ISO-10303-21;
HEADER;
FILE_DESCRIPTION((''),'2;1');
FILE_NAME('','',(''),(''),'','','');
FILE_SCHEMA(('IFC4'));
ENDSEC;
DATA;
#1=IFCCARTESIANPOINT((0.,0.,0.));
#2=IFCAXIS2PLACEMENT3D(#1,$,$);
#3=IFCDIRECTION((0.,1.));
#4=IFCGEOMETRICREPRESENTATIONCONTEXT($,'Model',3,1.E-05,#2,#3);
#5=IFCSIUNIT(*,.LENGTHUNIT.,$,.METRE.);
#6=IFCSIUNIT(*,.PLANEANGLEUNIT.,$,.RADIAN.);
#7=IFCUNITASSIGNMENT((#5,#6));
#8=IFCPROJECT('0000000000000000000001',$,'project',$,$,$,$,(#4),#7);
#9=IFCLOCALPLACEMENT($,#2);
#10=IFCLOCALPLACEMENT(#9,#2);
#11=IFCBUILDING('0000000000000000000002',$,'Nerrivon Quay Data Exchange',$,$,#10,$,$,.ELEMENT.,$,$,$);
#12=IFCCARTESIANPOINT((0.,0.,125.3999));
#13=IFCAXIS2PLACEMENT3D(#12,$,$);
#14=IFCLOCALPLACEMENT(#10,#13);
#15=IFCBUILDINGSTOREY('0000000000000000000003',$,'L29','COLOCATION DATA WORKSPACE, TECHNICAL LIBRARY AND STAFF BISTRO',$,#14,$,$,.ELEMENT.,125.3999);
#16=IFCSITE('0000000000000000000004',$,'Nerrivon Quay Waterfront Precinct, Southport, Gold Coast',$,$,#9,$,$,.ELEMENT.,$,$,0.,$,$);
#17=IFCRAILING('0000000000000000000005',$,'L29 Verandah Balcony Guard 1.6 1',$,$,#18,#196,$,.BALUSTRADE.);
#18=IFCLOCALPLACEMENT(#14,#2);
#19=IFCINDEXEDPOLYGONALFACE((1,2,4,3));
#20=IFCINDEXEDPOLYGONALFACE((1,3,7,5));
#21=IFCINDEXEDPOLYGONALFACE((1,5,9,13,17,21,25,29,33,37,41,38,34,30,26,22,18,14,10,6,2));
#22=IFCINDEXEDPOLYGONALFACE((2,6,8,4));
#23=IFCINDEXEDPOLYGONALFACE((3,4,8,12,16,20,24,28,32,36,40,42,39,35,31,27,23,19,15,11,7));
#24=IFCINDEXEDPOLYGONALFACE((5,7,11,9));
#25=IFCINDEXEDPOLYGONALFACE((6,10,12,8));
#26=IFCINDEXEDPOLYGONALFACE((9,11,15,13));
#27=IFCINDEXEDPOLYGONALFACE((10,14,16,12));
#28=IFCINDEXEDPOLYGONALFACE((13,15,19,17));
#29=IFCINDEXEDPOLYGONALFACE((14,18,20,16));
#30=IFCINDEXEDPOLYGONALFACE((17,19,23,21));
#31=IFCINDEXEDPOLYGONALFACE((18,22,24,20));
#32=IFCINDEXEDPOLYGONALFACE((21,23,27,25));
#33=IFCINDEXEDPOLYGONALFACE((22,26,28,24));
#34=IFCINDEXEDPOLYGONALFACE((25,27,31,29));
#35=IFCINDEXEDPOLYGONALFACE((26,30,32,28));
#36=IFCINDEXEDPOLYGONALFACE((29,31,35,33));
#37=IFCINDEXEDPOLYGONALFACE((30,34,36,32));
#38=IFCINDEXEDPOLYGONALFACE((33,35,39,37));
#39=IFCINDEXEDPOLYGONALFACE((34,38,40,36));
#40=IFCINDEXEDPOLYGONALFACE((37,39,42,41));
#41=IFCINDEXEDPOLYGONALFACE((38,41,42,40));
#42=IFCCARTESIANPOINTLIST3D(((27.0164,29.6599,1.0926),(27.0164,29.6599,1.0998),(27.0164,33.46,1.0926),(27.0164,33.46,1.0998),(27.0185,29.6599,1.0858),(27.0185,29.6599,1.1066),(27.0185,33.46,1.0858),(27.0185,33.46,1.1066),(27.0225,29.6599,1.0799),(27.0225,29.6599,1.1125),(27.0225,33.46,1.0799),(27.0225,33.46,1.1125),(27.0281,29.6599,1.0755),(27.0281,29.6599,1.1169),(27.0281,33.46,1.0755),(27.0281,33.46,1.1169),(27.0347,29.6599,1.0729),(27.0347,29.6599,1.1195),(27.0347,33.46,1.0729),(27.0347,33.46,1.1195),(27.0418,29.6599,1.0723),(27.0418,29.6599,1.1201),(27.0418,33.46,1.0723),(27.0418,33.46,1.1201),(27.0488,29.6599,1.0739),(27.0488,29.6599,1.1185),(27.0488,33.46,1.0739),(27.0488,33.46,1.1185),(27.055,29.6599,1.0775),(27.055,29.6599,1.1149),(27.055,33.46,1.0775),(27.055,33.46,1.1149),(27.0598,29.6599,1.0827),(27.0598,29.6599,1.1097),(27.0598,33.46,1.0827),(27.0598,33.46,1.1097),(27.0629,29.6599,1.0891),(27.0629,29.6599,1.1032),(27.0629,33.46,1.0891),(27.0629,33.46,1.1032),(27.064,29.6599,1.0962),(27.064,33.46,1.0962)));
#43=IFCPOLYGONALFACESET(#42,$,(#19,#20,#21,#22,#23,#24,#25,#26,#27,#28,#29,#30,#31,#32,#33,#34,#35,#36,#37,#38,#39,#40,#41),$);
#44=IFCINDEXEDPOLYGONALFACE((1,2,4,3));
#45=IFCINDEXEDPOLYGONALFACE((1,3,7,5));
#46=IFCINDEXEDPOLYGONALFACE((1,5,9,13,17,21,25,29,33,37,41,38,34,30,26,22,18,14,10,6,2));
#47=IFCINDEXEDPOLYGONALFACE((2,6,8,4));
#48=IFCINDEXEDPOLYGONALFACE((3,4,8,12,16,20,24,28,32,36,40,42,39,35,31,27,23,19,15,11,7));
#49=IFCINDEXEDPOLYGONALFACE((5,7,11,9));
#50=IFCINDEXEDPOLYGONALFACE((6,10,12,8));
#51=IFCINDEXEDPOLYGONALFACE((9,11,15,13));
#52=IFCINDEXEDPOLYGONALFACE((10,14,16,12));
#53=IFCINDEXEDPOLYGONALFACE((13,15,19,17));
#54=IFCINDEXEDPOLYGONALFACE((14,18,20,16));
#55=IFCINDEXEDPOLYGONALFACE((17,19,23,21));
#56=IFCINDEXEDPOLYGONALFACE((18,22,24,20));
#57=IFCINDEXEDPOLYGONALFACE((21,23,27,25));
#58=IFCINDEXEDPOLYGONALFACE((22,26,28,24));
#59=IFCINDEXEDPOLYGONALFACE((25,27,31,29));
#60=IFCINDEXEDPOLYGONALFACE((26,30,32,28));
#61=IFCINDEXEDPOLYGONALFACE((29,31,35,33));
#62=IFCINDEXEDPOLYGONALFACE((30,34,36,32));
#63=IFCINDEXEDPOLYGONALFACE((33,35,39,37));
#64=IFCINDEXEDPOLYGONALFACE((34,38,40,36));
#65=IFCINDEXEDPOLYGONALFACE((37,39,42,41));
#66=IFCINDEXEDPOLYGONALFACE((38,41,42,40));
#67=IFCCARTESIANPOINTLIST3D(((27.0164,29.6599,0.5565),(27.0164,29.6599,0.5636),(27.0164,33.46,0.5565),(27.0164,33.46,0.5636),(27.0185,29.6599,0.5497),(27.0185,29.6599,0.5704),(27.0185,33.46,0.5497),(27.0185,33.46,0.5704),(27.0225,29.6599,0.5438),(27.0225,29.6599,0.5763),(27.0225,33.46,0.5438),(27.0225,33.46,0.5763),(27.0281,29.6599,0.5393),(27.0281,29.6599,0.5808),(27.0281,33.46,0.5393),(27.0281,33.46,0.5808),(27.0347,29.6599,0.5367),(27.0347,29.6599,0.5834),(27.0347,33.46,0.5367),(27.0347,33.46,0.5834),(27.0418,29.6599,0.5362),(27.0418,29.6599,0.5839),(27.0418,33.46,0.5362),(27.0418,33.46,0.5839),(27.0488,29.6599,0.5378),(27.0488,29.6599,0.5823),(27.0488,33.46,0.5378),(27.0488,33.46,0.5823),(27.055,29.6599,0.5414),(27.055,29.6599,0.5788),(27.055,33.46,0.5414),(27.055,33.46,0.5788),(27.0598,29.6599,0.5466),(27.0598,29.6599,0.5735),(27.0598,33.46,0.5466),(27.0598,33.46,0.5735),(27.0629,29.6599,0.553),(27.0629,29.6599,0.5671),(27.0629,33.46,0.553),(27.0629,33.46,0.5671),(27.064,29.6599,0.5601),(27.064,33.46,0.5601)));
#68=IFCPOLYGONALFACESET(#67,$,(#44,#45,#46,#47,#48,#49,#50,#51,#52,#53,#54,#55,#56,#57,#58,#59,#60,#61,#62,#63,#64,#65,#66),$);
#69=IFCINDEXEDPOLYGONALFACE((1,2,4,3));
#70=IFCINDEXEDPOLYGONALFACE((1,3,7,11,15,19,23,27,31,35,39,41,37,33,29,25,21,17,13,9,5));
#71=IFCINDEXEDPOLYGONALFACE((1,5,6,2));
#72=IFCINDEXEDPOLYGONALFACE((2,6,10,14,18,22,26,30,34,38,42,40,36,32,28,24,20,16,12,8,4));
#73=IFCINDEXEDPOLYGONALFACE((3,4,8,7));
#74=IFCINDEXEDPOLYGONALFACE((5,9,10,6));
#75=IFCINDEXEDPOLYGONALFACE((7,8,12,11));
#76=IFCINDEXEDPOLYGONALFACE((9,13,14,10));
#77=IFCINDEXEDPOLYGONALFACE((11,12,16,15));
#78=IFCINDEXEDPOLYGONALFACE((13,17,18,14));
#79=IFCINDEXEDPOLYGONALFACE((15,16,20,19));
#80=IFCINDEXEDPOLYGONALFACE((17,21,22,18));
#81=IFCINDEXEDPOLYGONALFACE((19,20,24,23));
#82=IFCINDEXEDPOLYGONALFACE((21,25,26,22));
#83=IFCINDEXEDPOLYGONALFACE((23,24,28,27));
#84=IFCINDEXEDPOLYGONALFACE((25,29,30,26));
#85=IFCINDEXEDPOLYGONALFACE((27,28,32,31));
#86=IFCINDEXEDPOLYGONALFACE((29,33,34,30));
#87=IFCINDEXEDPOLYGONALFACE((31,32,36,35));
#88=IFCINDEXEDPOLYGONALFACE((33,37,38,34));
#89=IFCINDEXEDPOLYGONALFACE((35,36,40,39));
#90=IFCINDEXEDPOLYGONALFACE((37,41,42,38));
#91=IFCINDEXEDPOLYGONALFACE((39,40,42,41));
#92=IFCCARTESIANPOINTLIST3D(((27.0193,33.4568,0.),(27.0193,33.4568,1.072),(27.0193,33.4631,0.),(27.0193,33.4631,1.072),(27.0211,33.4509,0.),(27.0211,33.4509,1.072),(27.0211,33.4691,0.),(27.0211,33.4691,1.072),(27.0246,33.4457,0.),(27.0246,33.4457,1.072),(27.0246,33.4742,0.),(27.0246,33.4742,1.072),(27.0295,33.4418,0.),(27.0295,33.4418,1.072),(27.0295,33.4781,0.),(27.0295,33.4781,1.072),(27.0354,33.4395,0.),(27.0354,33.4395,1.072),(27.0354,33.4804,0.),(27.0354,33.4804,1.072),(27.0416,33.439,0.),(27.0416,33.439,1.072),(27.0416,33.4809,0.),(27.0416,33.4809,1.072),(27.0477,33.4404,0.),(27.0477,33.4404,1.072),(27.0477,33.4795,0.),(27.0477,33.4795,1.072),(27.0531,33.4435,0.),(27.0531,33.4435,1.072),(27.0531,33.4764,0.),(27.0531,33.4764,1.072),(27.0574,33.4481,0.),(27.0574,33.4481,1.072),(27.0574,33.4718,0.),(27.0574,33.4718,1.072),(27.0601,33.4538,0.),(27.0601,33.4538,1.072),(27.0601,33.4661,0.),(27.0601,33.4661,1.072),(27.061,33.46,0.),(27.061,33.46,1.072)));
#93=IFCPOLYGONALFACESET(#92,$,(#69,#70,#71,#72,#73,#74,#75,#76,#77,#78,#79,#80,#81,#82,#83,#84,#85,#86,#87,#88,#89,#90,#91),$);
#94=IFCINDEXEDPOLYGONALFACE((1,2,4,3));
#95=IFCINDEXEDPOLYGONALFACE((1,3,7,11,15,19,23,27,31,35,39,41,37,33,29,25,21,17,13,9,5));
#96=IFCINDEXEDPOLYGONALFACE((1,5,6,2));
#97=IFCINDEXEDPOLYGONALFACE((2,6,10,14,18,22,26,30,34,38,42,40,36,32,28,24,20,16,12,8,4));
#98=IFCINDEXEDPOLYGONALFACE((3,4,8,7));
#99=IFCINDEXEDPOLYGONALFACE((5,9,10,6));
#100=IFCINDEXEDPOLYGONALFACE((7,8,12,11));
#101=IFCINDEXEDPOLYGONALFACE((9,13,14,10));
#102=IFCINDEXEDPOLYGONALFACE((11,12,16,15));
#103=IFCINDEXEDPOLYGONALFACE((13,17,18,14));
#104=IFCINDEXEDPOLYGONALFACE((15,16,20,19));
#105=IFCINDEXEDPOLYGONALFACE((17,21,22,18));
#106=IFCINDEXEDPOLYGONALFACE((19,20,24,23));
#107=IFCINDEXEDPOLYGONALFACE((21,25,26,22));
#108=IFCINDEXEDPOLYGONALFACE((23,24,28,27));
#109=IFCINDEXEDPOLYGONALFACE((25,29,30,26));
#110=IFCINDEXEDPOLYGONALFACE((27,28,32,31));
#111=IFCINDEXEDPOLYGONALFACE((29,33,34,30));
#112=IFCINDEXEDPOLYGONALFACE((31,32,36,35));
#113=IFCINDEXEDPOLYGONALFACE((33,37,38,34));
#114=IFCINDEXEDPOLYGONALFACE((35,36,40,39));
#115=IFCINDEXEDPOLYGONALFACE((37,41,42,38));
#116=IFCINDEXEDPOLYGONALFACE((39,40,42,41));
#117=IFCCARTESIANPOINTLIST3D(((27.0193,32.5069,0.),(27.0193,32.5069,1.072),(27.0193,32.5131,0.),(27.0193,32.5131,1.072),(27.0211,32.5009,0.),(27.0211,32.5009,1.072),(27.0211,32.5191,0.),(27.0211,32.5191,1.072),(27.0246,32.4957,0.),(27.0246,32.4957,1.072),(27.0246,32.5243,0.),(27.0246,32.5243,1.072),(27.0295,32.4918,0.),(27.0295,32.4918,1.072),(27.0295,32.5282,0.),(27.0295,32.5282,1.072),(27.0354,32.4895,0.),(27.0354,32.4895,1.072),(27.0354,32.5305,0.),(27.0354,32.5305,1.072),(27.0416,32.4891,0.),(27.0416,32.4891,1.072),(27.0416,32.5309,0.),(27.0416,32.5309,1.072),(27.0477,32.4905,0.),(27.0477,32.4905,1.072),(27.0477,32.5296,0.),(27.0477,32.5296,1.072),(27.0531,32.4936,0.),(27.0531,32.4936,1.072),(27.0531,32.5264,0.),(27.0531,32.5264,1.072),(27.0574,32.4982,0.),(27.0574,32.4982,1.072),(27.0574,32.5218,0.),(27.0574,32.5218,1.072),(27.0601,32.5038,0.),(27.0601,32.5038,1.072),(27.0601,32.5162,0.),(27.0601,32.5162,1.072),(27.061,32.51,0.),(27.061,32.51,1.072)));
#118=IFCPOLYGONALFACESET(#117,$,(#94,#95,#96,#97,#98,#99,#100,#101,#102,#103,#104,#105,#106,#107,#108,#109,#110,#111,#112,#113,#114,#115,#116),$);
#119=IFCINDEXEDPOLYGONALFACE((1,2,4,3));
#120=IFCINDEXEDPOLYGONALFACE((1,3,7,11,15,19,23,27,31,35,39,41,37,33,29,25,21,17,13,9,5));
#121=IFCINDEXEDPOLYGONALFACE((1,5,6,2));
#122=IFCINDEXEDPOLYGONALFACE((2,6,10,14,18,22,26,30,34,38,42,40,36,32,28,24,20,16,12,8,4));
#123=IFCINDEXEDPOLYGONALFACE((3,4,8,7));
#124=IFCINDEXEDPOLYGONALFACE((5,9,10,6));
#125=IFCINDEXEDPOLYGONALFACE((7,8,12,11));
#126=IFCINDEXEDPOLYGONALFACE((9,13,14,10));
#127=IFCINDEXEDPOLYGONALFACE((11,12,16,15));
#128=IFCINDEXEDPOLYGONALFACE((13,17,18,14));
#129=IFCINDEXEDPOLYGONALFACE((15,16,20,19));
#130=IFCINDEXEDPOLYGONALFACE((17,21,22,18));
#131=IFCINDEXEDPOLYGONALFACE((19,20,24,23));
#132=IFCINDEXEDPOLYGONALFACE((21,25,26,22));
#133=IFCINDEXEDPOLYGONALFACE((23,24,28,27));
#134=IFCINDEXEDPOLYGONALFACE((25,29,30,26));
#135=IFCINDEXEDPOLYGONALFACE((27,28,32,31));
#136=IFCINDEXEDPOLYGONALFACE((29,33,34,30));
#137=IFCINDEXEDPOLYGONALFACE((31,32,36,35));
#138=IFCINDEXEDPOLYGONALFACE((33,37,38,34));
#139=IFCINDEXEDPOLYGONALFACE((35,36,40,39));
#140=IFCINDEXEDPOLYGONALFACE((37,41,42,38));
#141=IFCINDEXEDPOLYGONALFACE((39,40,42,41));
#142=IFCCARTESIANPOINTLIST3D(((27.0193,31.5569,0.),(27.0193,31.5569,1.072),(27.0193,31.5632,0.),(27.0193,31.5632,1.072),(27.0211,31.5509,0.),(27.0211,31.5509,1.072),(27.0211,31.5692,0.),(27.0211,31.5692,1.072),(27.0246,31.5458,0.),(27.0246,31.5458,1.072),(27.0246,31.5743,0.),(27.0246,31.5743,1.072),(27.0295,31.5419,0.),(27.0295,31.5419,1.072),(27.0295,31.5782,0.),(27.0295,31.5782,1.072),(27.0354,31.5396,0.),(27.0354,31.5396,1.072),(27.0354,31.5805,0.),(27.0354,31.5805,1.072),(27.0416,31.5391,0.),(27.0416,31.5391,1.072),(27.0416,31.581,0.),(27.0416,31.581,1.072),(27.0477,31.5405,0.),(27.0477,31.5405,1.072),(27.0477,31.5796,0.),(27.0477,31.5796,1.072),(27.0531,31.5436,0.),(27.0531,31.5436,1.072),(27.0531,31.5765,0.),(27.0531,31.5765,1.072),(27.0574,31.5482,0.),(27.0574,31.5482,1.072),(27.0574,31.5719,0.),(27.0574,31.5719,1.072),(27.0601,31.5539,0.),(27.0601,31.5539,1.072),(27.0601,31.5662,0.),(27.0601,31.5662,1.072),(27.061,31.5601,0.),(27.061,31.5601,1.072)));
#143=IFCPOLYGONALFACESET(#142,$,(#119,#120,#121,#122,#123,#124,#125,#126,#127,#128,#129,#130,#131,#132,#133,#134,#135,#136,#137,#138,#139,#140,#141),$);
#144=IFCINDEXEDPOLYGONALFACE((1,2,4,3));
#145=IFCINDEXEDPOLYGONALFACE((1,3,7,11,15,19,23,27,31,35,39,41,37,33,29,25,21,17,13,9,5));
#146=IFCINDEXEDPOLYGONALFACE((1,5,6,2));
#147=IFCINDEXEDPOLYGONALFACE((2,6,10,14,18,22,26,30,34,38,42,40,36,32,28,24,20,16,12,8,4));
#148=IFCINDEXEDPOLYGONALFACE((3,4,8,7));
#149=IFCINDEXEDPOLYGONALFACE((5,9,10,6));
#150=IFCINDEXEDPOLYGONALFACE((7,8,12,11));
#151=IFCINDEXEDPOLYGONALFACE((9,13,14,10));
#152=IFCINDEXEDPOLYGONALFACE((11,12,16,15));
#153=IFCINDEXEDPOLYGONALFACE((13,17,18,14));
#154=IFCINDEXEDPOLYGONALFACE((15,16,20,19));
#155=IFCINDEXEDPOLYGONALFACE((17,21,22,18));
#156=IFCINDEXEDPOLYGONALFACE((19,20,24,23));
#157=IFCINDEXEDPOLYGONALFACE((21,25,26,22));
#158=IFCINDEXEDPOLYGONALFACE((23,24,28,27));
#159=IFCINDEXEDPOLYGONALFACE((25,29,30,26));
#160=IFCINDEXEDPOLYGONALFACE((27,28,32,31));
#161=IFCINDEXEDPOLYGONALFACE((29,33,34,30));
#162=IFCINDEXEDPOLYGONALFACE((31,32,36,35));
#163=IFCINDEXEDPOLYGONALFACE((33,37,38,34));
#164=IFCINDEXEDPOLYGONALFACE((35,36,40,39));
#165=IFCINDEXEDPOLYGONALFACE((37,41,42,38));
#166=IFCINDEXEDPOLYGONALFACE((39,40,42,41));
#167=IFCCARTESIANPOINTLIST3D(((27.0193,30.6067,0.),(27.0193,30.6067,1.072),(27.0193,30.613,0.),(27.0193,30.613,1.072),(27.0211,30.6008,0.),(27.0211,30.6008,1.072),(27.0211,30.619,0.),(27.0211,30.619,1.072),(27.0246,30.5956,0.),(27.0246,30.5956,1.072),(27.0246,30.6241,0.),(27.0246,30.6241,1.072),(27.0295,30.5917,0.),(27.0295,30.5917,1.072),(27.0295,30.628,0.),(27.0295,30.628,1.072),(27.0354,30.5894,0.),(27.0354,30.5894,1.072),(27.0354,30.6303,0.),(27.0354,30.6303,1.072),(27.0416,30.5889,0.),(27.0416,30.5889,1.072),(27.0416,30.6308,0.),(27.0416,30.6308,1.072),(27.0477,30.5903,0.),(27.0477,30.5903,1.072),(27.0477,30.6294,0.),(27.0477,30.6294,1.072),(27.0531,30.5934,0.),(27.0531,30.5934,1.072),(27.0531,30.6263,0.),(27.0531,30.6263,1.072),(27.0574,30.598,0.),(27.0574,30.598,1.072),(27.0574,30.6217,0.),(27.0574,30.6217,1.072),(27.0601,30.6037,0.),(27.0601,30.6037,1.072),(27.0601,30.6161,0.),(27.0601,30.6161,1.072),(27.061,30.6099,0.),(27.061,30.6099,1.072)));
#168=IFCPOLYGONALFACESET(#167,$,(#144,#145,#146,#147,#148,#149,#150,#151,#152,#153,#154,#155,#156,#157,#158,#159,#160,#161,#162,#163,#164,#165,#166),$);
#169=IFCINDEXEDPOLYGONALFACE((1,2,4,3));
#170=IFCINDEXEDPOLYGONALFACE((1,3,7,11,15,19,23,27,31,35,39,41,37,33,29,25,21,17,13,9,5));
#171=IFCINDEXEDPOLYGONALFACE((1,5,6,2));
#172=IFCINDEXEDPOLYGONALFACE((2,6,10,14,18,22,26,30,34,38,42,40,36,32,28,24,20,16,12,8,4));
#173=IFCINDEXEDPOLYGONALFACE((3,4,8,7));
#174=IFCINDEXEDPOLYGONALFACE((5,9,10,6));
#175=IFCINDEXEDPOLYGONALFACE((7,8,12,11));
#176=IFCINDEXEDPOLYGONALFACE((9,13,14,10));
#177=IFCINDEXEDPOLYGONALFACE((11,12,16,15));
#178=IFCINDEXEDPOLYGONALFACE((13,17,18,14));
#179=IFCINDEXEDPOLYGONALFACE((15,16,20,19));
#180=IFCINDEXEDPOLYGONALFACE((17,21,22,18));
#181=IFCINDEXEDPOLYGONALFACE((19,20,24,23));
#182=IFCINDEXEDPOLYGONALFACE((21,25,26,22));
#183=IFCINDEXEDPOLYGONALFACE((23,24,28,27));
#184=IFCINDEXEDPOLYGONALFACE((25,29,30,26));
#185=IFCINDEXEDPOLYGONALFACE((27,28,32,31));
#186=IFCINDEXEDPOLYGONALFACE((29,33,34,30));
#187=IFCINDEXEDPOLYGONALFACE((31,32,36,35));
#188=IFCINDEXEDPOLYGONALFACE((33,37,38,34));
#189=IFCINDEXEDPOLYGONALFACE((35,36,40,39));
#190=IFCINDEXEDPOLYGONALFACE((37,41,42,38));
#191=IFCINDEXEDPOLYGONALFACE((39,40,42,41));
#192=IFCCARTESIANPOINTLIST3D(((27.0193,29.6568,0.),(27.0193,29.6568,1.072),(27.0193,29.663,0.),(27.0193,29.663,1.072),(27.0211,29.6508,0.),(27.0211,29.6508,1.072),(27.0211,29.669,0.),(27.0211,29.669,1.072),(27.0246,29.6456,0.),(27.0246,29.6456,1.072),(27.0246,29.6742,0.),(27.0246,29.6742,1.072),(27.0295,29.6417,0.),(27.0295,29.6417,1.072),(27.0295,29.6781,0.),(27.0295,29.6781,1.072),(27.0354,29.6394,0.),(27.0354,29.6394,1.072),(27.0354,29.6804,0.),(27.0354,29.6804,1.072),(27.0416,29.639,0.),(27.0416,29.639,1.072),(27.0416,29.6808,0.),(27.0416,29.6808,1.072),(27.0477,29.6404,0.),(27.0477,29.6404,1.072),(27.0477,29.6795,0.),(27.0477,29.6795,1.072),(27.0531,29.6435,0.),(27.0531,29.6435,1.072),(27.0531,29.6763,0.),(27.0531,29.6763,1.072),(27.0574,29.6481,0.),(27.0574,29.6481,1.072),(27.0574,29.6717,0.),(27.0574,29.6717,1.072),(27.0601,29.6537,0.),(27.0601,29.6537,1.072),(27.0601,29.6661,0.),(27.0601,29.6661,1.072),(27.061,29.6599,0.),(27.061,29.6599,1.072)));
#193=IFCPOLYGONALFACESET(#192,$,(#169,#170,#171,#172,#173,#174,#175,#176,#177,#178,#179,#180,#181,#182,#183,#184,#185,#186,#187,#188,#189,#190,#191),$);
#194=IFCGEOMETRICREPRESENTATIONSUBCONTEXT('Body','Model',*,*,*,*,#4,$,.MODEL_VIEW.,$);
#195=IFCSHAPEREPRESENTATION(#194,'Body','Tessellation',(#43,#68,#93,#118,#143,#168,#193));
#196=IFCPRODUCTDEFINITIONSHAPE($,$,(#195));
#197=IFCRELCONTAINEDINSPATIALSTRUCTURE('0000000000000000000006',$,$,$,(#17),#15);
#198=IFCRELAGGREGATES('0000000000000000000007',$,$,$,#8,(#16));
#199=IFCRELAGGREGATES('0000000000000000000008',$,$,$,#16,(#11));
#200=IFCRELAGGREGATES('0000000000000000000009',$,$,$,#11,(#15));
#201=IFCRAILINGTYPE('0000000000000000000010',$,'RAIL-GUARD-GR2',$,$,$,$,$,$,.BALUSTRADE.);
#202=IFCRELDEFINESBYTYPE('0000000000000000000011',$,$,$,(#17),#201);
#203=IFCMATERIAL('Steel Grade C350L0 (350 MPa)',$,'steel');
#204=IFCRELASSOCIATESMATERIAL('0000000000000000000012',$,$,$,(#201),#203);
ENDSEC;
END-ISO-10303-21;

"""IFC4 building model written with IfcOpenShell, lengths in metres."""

from ifc_helpers import new_model, si_unit, direction, frame, origin, origin_2d, place, context, subcontext, project, spatial, circle, extrude, material, type_object, element, save


model = new_model("IFC4")

# Units and contexts
model_context = context("Model", 3, precision=1e-05, world=origin(), true_north=direction((0.0, 1.0)))
body_context = subcontext(model_context, "Body", "Model", "MODEL_VIEW")
ifc_project = project(units=[si_unit("LENGTHUNIT", "METRE"), si_unit("PLANEANGLEUNIT", "RADIAN")], contexts=[model_context])

# Site, building, storey
site_placement = place(None, origin())
site = spatial("IfcSite", under=ifc_project, at=site_placement, Name="Nerrivon Quay Waterfront Precinct, Southport, Gold Coast", CompositionType="ELEMENT", RefElevation=0.0)
building_placement = place(site_placement, origin())
building = spatial("IfcBuilding", under=site, at=building_placement, Name="Nerrivon Quay Data Exchange", CompositionType="ELEMENT")
storey_placement = place(building_placement, frame((0.0, 0.0, 125.3999)))
storey = spatial("IfcBuildingStorey", under=building, at=storey_placement, Name="L29", Description="COLOCATION DATA WORKSPACE, TECHNICAL LIBRARY AND STAFF BISTRO", CompositionType="ELEMENT", Elevation=125.3999)

# Railing
ifc_material_1 = material(Name="Steel Grade C350L0 (350 MPa)", Category="steel")
railing_type = type_object("IfcRailingType", Name="RAIL-GUARD-GR2", PredefinedType="BALUSTRADE", material=ifc_material_1)
railing_1_placement = place(storey_placement, frame((27.04, 33.46, 0.0)))
element("IfcRailing", 1, at=railing_1_placement, inside=storey, type_object=railing_type, Name="L29 Verandah Balcony Guard 1.6 1", PredefinedType="BALUSTRADE", context=body_context, shape_type="SweptSolid", body=[
    extrude(circle(Radius=0.0239, at=origin_2d()), frame((0.0, 0.0, 1.0962), z_axis=(0.0, -1.0, 0.0), x_axis=(1.0, 0.0, 0.0)), (0.0, 0.0, 1.0), 3.8),
    extrude(circle(Radius=0.0239, at=origin_2d()), frame((0.0, 0.0, 0.5601), z_axis=(0.0, -1.0, 0.0), x_axis=(1.0, 0.0, 0.0)), (0.0, 0.0, 1.0), 3.8),
    extrude(circle(Radius=0.021, at=origin_2d()), origin(), (0.0, 0.0, 1.0), 1.072),
    extrude(circle(Radius=0.021, at=origin_2d()), frame((0.0, -0.95, 0.0)), (0.0, 0.0, 1.0), 1.072),
    extrude(circle(Radius=0.021, at=origin_2d()), frame((0.0, -1.8999, 0.0)), (0.0, 0.0, 1.0), 1.072),
    extrude(circle(Radius=0.021, at=origin_2d()), frame((0.0, -2.8501, 0.0)), (0.0, 0.0, 1.0), 1.072),
    extrude(circle(Radius=0.021, at=origin_2d()), frame((0.0, -3.8, 0.0)), (0.0, 0.0, 1.0), 1.072),
])

save(model, "model.ifc")
